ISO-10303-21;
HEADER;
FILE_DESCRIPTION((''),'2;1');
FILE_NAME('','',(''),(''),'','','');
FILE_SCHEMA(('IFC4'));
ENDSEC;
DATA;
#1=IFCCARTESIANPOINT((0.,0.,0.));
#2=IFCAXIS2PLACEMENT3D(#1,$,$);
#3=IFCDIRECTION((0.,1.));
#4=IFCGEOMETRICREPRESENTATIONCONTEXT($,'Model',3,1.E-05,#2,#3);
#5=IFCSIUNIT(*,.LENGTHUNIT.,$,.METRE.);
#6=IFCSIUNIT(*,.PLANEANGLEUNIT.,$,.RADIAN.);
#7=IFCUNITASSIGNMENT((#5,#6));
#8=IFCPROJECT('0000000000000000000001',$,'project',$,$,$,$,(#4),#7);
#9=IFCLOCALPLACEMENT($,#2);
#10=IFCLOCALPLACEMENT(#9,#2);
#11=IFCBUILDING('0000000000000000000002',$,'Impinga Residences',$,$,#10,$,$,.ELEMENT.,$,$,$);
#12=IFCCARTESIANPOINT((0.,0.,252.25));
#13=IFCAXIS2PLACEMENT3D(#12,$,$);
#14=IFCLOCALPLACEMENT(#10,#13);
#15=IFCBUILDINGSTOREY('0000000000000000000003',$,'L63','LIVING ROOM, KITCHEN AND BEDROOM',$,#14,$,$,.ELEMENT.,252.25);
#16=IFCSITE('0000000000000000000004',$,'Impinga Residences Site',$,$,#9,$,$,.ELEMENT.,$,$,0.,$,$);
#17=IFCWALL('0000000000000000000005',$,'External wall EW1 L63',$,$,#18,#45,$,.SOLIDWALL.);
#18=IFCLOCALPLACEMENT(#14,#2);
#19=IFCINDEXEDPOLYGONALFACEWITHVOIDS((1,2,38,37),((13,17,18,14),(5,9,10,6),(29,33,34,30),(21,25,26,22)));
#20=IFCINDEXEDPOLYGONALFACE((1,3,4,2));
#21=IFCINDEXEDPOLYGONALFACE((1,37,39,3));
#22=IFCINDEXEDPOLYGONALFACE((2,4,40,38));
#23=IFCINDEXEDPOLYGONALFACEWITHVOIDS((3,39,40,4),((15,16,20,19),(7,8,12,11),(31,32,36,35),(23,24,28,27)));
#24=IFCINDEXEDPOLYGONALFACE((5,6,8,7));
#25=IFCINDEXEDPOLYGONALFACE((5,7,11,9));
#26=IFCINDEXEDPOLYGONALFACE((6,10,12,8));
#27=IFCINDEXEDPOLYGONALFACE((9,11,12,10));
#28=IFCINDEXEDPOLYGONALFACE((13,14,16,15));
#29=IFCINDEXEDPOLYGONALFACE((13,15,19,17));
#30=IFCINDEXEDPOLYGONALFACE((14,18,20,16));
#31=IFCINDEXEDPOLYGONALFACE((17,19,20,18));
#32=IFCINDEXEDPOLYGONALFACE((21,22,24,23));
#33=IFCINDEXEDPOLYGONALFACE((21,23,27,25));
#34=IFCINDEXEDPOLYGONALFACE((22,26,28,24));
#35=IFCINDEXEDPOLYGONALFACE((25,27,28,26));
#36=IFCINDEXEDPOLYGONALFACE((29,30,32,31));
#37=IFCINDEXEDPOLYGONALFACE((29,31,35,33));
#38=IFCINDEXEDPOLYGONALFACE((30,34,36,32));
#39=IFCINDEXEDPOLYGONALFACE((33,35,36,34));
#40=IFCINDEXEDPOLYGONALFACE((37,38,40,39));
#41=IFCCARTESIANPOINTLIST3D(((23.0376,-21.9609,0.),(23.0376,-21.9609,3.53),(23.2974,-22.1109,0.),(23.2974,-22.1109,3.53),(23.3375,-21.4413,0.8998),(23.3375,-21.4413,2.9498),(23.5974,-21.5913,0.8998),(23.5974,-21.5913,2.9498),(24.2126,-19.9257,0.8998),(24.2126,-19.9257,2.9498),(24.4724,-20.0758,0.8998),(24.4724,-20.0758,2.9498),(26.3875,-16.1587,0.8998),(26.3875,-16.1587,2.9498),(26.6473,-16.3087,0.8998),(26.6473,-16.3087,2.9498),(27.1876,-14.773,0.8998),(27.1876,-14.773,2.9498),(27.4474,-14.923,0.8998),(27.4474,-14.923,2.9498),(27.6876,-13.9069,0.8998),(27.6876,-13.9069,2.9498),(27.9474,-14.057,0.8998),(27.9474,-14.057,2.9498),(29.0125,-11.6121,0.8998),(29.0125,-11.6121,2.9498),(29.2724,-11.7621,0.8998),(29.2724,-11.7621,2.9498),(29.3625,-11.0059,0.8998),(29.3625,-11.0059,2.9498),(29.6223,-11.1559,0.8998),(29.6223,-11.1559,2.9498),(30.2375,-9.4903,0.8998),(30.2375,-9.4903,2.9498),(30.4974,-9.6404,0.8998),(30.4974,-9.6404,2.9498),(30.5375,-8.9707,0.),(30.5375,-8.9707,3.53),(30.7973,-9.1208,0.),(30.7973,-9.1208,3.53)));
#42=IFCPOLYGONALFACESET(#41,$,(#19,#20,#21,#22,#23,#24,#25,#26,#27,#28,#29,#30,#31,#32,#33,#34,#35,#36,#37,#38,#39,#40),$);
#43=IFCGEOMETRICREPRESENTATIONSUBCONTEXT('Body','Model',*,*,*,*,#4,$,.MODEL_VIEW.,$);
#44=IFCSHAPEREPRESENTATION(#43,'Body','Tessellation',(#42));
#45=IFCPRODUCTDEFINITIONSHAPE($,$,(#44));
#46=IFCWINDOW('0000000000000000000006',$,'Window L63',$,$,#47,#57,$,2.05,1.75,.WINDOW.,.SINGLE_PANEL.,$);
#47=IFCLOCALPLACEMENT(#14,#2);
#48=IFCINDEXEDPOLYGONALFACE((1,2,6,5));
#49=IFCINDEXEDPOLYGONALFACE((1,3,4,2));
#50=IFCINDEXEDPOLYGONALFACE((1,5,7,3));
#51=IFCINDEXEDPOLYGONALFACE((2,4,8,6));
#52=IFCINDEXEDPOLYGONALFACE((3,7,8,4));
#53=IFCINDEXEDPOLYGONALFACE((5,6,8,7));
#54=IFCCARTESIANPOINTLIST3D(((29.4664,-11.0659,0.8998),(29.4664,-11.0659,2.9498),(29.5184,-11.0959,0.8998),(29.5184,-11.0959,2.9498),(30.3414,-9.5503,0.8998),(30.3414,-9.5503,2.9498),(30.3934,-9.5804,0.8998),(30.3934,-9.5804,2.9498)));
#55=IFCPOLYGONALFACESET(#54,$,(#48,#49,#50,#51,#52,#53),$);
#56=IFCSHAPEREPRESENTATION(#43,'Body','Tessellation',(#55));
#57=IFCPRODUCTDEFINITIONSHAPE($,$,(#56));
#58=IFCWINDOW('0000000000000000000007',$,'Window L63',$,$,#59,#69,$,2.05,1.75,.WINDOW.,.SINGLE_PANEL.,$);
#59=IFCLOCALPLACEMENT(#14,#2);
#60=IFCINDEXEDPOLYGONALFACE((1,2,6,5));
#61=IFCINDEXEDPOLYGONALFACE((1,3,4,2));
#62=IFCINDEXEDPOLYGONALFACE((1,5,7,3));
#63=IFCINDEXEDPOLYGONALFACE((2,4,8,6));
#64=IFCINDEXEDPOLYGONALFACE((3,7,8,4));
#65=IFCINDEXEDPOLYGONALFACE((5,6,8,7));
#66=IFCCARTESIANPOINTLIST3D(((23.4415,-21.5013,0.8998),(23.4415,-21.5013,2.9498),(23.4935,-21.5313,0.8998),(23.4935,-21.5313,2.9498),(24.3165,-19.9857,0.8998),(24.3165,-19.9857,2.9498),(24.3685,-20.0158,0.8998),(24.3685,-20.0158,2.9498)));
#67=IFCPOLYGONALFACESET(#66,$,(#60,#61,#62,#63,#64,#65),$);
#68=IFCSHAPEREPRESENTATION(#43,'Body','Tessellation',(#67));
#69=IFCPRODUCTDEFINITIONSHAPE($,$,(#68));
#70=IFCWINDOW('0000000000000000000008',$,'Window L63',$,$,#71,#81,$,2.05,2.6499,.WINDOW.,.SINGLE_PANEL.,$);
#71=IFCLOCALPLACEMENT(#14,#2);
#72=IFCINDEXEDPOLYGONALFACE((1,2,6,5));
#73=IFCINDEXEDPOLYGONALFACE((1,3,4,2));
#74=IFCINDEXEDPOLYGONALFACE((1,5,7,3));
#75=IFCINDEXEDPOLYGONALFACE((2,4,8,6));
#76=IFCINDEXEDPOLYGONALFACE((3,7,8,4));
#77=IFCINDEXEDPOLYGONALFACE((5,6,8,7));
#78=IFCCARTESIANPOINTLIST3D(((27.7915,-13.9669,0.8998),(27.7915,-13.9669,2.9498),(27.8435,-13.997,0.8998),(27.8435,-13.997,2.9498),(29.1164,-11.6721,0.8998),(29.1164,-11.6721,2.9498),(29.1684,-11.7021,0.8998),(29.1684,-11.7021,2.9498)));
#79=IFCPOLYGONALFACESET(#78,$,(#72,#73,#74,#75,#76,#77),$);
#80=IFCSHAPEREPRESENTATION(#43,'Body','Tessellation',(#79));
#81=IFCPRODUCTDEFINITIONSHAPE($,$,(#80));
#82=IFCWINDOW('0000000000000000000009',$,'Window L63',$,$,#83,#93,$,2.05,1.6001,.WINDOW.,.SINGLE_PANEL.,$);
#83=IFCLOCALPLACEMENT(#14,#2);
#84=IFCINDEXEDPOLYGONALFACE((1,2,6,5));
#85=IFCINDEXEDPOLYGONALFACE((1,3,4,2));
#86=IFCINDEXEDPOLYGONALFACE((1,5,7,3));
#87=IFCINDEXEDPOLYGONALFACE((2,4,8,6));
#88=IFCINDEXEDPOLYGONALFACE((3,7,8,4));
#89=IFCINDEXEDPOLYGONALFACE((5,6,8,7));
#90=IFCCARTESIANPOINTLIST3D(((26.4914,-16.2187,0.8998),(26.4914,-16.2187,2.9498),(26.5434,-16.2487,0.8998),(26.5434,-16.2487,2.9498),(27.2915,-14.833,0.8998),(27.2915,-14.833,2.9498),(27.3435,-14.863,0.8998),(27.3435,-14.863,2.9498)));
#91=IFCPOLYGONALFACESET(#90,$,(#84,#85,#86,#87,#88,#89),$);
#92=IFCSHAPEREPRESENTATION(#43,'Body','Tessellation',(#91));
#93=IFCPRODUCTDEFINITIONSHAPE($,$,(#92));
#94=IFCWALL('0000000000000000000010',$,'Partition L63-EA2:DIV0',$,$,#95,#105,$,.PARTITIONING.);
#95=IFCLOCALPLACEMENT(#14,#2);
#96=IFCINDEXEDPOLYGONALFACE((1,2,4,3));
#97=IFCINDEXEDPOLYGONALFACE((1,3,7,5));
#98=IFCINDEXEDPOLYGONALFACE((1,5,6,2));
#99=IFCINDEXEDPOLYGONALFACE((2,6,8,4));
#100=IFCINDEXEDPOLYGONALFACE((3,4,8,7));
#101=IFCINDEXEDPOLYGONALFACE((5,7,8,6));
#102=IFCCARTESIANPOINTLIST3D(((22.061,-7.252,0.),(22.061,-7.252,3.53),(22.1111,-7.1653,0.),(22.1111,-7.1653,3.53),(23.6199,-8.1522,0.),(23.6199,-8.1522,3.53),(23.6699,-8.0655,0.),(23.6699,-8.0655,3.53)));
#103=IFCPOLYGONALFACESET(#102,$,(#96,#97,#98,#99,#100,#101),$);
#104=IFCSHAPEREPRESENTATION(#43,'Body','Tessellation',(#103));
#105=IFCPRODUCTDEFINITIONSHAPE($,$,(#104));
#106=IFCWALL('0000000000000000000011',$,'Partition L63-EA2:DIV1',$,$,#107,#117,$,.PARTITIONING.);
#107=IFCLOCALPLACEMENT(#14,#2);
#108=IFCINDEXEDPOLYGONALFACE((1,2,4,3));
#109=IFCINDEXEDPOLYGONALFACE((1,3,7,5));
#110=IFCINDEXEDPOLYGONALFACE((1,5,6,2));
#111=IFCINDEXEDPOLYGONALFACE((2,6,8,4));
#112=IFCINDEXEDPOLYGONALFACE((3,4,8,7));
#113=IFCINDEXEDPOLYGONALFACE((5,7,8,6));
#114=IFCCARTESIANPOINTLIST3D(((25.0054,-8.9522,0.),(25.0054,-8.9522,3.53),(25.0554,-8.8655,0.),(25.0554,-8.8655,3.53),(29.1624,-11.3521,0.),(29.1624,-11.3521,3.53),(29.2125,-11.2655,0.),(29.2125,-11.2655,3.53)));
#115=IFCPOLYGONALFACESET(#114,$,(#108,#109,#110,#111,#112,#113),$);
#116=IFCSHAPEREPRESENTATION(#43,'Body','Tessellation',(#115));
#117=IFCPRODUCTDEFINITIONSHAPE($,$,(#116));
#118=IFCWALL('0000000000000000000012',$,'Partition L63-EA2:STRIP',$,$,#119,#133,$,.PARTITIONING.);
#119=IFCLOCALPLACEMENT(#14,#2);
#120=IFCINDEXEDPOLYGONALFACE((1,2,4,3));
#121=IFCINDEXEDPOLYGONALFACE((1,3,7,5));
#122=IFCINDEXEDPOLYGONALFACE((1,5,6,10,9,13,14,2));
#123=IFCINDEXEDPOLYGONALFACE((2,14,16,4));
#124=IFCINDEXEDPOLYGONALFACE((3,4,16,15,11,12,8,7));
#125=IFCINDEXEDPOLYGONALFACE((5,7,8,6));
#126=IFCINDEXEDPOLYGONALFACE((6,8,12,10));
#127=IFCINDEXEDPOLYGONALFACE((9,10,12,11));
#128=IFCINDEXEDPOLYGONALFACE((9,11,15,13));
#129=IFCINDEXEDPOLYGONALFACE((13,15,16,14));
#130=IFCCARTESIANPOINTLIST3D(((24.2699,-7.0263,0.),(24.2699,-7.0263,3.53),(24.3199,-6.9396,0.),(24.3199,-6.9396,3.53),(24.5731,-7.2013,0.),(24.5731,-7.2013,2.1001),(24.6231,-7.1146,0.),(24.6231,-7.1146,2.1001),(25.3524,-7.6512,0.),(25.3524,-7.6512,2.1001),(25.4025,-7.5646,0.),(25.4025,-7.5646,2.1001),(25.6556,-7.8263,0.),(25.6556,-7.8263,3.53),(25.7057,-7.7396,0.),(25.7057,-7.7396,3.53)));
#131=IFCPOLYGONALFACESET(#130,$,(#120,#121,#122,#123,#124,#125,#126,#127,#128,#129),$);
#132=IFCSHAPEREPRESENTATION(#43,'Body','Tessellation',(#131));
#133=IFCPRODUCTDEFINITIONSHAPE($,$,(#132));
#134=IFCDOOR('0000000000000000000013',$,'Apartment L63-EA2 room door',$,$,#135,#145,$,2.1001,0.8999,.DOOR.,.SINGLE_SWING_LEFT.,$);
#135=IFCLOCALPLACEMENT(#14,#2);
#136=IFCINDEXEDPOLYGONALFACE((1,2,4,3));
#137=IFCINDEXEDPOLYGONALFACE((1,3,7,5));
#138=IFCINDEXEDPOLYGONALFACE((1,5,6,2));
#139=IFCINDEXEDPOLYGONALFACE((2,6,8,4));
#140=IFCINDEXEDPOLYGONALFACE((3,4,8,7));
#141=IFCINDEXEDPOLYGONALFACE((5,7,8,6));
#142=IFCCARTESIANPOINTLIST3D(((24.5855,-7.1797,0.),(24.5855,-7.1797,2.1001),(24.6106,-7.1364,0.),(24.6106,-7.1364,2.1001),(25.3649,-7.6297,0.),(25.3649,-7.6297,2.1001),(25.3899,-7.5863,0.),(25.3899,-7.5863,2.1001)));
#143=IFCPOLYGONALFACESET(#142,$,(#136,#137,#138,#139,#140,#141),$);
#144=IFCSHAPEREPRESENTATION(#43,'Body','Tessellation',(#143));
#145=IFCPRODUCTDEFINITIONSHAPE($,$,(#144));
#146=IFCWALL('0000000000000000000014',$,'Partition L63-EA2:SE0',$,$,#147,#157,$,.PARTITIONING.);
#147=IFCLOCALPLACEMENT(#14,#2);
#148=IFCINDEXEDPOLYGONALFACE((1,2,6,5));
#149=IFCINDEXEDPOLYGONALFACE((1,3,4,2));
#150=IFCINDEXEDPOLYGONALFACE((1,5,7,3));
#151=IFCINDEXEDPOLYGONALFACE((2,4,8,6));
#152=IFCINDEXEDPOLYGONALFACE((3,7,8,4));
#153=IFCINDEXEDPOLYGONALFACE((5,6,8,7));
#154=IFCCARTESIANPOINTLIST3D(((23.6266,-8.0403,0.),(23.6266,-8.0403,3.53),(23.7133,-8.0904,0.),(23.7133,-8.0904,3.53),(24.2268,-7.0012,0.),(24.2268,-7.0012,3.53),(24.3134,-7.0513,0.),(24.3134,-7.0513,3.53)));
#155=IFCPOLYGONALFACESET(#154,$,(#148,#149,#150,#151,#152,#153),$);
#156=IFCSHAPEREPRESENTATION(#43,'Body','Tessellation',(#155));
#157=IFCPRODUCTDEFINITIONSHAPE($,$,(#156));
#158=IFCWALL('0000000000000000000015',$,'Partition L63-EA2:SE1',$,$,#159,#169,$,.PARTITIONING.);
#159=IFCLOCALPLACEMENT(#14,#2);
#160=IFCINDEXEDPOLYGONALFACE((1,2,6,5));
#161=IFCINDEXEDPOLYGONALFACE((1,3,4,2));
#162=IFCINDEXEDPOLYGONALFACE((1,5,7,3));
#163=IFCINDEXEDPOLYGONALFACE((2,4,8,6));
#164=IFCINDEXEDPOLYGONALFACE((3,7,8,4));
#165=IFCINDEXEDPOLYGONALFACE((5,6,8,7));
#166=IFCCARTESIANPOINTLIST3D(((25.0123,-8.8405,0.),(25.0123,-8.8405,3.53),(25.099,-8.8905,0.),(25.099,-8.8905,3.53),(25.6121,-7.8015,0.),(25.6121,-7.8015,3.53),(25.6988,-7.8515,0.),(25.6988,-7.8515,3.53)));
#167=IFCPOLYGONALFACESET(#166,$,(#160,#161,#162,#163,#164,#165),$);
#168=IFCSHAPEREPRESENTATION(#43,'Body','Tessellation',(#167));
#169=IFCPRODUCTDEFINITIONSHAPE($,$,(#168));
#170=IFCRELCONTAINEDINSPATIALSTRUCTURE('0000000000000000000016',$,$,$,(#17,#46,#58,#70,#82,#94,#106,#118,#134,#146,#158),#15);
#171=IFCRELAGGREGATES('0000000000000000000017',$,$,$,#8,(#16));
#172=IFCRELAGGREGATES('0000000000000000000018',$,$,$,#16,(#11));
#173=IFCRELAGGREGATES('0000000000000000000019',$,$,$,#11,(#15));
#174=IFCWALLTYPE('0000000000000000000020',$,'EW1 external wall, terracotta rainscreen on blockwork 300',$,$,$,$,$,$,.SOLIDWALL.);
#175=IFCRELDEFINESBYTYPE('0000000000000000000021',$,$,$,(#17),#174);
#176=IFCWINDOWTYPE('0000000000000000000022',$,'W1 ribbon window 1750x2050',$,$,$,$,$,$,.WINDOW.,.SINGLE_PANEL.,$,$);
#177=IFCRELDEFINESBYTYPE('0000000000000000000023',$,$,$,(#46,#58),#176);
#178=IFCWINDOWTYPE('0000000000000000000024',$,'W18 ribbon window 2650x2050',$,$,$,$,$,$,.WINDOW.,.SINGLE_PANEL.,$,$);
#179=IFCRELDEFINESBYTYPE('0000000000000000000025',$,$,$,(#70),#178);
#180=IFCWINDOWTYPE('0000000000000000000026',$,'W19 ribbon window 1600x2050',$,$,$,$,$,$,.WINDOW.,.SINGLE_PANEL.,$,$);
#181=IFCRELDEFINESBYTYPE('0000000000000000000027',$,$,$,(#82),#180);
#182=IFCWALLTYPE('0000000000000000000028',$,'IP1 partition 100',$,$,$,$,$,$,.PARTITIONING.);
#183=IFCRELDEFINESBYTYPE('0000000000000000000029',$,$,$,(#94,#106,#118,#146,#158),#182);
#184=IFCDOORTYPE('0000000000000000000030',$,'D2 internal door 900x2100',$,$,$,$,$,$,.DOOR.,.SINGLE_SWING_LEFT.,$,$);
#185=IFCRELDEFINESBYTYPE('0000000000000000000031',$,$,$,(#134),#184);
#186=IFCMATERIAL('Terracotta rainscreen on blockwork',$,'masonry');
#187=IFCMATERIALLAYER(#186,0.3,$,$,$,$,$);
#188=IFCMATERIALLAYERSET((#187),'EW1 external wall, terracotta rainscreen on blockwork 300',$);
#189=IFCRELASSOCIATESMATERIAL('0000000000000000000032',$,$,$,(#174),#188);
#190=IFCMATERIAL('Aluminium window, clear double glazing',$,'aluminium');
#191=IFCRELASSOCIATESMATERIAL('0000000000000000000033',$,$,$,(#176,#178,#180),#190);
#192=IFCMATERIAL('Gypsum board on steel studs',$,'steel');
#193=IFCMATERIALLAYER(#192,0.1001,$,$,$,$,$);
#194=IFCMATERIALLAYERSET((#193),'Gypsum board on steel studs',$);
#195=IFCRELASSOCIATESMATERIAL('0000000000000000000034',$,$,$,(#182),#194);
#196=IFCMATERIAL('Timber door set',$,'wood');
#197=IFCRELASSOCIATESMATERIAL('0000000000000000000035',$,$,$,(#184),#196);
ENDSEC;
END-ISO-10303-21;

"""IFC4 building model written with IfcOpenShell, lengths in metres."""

from ifc_helpers import new_model, si_unit, direction, frame, frame_2d, origin, place, context, subcontext, project, spatial, rectangle, extrude, material, layer, layer_set, type_object, element, fill, save


model = new_model("IFC4")

# Units and contexts
model_context = context("Model", 3, precision=1e-05, world=origin(), true_north=direction((0.0, 1.0)))
body_context = subcontext(model_context, "Body", "Model", "MODEL_VIEW")
ifc_project = project(units=[si_unit("LENGTHUNIT", "METRE"), si_unit("PLANEANGLEUNIT", "RADIAN")], contexts=[model_context])

# Site, building, storey
site_placement = place(None, origin())
site = spatial("IfcSite", under=ifc_project, at=site_placement, Name="Impinga Residences Site", CompositionType="ELEMENT", RefElevation=0.0)
building_placement = place(site_placement, origin())
building = spatial("IfcBuilding", under=site, at=building_placement, Name="Impinga Residences", CompositionType="ELEMENT")
storey_placement = place(building_placement, frame((0.0, 0.0, 252.25)))
storey = spatial("IfcBuildingStorey", under=building, at=storey_placement, Name="L63", Description="LIVING ROOM, KITCHEN AND BEDROOM", CompositionType="ELEMENT", Elevation=252.25)

# Shared definitions
ifc_material_1 = material(Name="Timber door set", Category="wood")

# Shared definitions
ifc_material_2 = material(Name="Terracotta rainscreen on blockwork", Category="masonry")
ifc_layer_1 = layer(ifc_material_2, 0.3)
ifc_layer_set_1 = layer_set([ifc_layer_1], Name="EW1 external wall, terracotta rainscreen on blockwork 300")
wall_type_1 = type_object("IfcWallType", Name="EW1 external wall, terracotta rainscreen on blockwork 300", PredefinedType="SOLIDWALL", material=ifc_layer_set_1)

# Wall, openings, windows
wall_1_placement = place(storey_placement, frame((30.6675, -9.0457, 0.0), z_axis=(0.0, 0.0, 1.0), x_axis=(-0.500004, -0.866023, 0.0)))
wall_1 = element("IfcWall", 1, at=wall_1_placement, inside=storey, type_object=wall_type_1, Name="External wall EW1 L63", PredefinedType="SOLIDWALL", context=body_context, shape_type="SweptSolid", body=[
    extrude(rectangle(XDim=14.9998, YDim=0.3, at=frame_2d((7.5, 0.0))), origin(), (0.0, 0.0, 1.0), 3.53),
])
opening_1_placement = place(wall_1_placement, frame((0.6001, 0.0, 0.8999)))
opening_1 = element("IfcOpeningElement", 2, at=opening_1_placement, cuts=wall_1, PredefinedType="OPENING", context=body_context, shape_type="SweptSolid", body=[
    extrude(rectangle(XDim=1.75, YDim=2.05, at=frame_2d((0.875, 1.0249))), frame((0.0, 0.1599, 0.0), z_axis=(0.0, -1.0, 0.0), x_axis=(1.0, 0.0, 0.0)), (0.0, 0.0, 1.0), 0.3201),
])
opening_2_placement = place(wall_1_placement, frame((3.05, 0.0, 0.8999)))
opening_2 = element("IfcOpeningElement", 3, at=opening_2_placement, cuts=wall_1, PredefinedType="OPENING", context=body_context, shape_type="SweptSolid", body=[
    extrude(rectangle(XDim=2.6499, YDim=2.05, at=frame_2d((1.325, 1.0249))), frame((0.0, 0.1599, 0.0), z_axis=(0.0, -1.0, 0.0), x_axis=(1.0, 0.0, 0.0)), (0.0, 0.0, 1.0), 0.3201),
])
opening_3_placement = place(wall_1_placement, frame((6.7, 0.0, 0.8999)))
opening_3 = element("IfcOpeningElement", 4, at=opening_3_placement, cuts=wall_1, PredefinedType="OPENING", context=body_context, shape_type="SweptSolid", body=[
    extrude(rectangle(XDim=1.6001, YDim=2.05, at=frame_2d((0.8, 1.0249))), frame((0.0, 0.1599, 0.0), z_axis=(0.0, -1.0, 0.0), x_axis=(1.0, 0.0, 0.0)), (0.0, 0.0, 1.0), 0.3201),
])
opening_4_placement = place(wall_1_placement, frame((12.6499, 0.0, 0.8999)))
opening_4 = element("IfcOpeningElement", 5, at=opening_4_placement, cuts=wall_1, PredefinedType="OPENING", context=body_context, shape_type="SweptSolid", body=[
    extrude(rectangle(XDim=1.75, YDim=2.05, at=frame_2d((0.875, 1.0249))), frame((0.0, 0.1599, 0.0), z_axis=(0.0, -1.0, 0.0), x_axis=(1.0, 0.0, 0.0)), (0.0, 0.0, 1.0), 0.3201),
])
ifc_material_3 = material(Name="Aluminium window, clear double glazing", Category="aluminium")
window_type_1 = type_object("IfcWindowType", Name="W1 ribbon window 1750x2050", PartitioningType="SINGLE_PANEL", PredefinedType="WINDOW", material=ifc_material_3)
window_1_placement = place(opening_1_placement, origin())
window_1 = element("IfcWindow", 6, at=window_1_placement, inside=storey, type_object=window_type_1, Name="Window L63", OverallHeight=2.05, OverallWidth=1.75, PartitioningType="SINGLE_PANEL", PredefinedType="WINDOW", context=body_context, shape_type="SweptSolid", body=[
    extrude(rectangle(XDim=1.75, YDim=2.05, at=frame_2d((0.875, 1.0249))), frame((0.0, 0.03, 0.0), z_axis=(0.0, -1.0, 0.0), x_axis=(1.0, 0.0, 0.0)), (0.0, 0.0, 1.0), 0.0601),
])
fill(opening_1, window_1)
window_2_placement = place(opening_4_placement, origin())
window_2 = element("IfcWindow", 7, at=window_2_placement, inside=storey, type_object=window_type_1, Name="Window L63", OverallHeight=2.05, OverallWidth=1.75, PartitioningType="SINGLE_PANEL", PredefinedType="WINDOW", context=body_context, shape_type="SweptSolid", body=[
    extrude(rectangle(XDim=1.75, YDim=2.05, at=frame_2d((0.875, 1.0249))), frame((0.0, 0.03, 0.0), z_axis=(0.0, -1.0, 0.0), x_axis=(1.0, 0.0, 0.0)), (0.0, 0.0, 1.0), 0.0601),
])
fill(opening_4, window_2)
window_type_2 = type_object("IfcWindowType", Name="W18 ribbon window 2650x2050", PartitioningType="SINGLE_PANEL", PredefinedType="WINDOW", material=ifc_material_3)
window_3_placement = place(opening_2_placement, origin())
window_3 = element("IfcWindow", 8, at=window_3_placement, inside=storey, type_object=window_type_2, Name="Window L63", OverallHeight=2.05, OverallWidth=2.6499, PartitioningType="SINGLE_PANEL", PredefinedType="WINDOW", context=body_context, shape_type="SweptSolid", body=[
    extrude(rectangle(XDim=2.6499, YDim=2.05, at=frame_2d((1.325, 1.0249))), frame((0.0, 0.03, 0.0), z_axis=(0.0, -1.0, 0.0), x_axis=(1.0, 0.0, 0.0)), (0.0, 0.0, 1.0), 0.0601),
])
fill(opening_2, window_3)
window_type_3 = type_object("IfcWindowType", Name="W19 ribbon window 1600x2050", PartitioningType="SINGLE_PANEL", PredefinedType="WINDOW", material=ifc_material_3)
window_4_placement = place(opening_3_placement, origin())
window_4 = element("IfcWindow", 9, at=window_4_placement, inside=storey, type_object=window_type_3, Name="Window L63", OverallHeight=2.05, OverallWidth=1.6001, PartitioningType="SINGLE_PANEL", PredefinedType="WINDOW", context=body_context, shape_type="SweptSolid", body=[
    extrude(rectangle(XDim=1.6001, YDim=2.05, at=frame_2d((0.8, 1.0249))), frame((0.0, 0.03, 0.0), z_axis=(0.0, -1.0, 0.0), x_axis=(1.0, 0.0, 0.0)), (0.0, 0.0, 1.0), 0.0601),
])
fill(opening_3, window_4)

# Walls
ifc_material_4 = material(Name="Gypsum board on steel studs", Category="steel")
ifc_layer_2 = layer(ifc_material_4, 0.1001)
ifc_layer_set_2 = layer_set([ifc_layer_2], Name="Gypsum board on steel studs")
wall_type_2 = type_object("IfcWallType", Name="IP1 partition 100", PredefinedType="PARTITIONING", material=ifc_layer_set_2)
wall_2_placement = place(storey_placement, frame((22.0862, -7.2087, 0.0), z_axis=(0.0, 0.0, 1.0), x_axis=(0.865989, -0.500063, 0.0)))
element("IfcWall", 10, at=wall_2_placement, inside=storey, type_object=wall_type_2, Name="Partition L63-EA2:DIV0", PredefinedType="PARTITIONING", context=body_context, shape_type="SweptSolid", body=[
    extrude(rectangle(XDim=1.8, YDim=0.1001, at=frame_2d((0.8999, 0.0))), origin(), (0.0, 0.0, 1.0), 3.53),
])
wall_3_placement = place(storey_placement, frame((25.0305, -8.9089, 0.0), z_axis=(0.0, 0.0, 1.0), x_axis=(0.866037, -0.499979, 0.0)))
element("IfcWall", 11, at=wall_3_placement, inside=storey, type_object=wall_type_2, Name="Partition L63-EA2:DIV1", PredefinedType="PARTITIONING", context=body_context, shape_type="SweptSolid", body=[
    extrude(rectangle(XDim=4.8, YDim=0.1001, at=frame_2d((2.3999, 0.0))), origin(), (0.0, 0.0, 1.0), 3.53),
])

# Wall, opening, door
wall_4_placement = place(storey_placement, frame((24.2949, -6.9829, 0.0), z_axis=(0.0, 0.0, 1.0), x_axis=(0.866028, -0.499995, 0.0)))
wall_4 = element("IfcWall", 12, at=wall_4_placement, inside=storey, type_object=wall_type_2, Name="Partition L63-EA2:STRIP", PredefinedType="PARTITIONING", context=body_context, shape_type="SweptSolid", body=[
    extrude(rectangle(XDim=1.6001, YDim=0.1001, at=frame_2d((0.8, 0.0))), origin(), (0.0, 0.0, 1.0), 3.53),
])
opening_5_placement = place(wall_4_placement, frame((0.3501, 0.0, 0.0)))
opening_5 = element("IfcOpeningElement", 13, at=opening_5_placement, cuts=wall_4, PredefinedType="OPENING", context=body_context, shape_type="SweptSolid", body=[
    extrude(rectangle(XDim=0.8999, YDim=2.1001, at=frame_2d((0.45, 1.05))), frame((0.0, 0.0601, 0.0), z_axis=(0.0, -1.0, 0.0), x_axis=(1.0, 0.0, 0.0)), (0.0, 0.0, 1.0), 0.1201),
])
door_type_1 = type_object("IfcDoorType", Name="D2 internal door 900x2100", OperationType="SINGLE_SWING_LEFT", PredefinedType="DOOR", material=ifc_material_1)
door_1_placement = place(opening_5_placement, origin())
door_1 = element("IfcDoor", 14, at=door_1_placement, inside=storey, type_object=door_type_1, Name="Apartment L63-EA2 room door", OperationType="SINGLE_SWING_LEFT", OverallHeight=2.1001, OverallWidth=0.8999, PredefinedType="DOOR", context=body_context, shape_type="SweptSolid", body=[
    extrude(rectangle(XDim=0.8999, YDim=2.1001, at=frame_2d((0.45, 1.05))), frame((0.0, 0.0249, 0.0), z_axis=(0.0, -1.0, 0.0), x_axis=(1.0, 0.0, 0.0)), (0.0, 0.0, 1.0), 0.05),
])
fill(opening_5, door_1)

# Walls
wall_5_placement = place(storey_placement, frame((23.6699, -8.0654, 0.0), z_axis=(0.0, 0.0, 1.0), x_axis=(0.500122, 0.865955, 0.0)))
element("IfcWall", 15, at=wall_5_placement, inside=storey, type_object=wall_type_2, Name="Partition L63-EA2:SE0", PredefinedType="PARTITIONING", context=body_context, shape_type="SweptSolid", body=[
    extrude(rectangle(XDim=1.2, YDim=0.1001, at=frame_2d((0.6001, 0.0))), origin(), (0.0, 0.0, 1.0), 3.53),
])
wall_6_placement = place(storey_placement, frame((25.0557, -8.8655, 0.0), z_axis=(0.0, 0.0, 1.0), x_axis=(0.499969, 0.866043, 0.0)))
element("IfcWall", 16, at=wall_6_placement, inside=storey, type_object=wall_type_2, Name="Partition L63-EA2:SE1", PredefinedType="PARTITIONING", context=body_context, shape_type="SweptSolid", body=[
    extrude(rectangle(XDim=1.1997, YDim=0.1001, at=frame_2d((0.5999, 0.0))), origin(), (0.0, 0.0, 1.0), 3.53),
])

save(model, "model.ifc")
